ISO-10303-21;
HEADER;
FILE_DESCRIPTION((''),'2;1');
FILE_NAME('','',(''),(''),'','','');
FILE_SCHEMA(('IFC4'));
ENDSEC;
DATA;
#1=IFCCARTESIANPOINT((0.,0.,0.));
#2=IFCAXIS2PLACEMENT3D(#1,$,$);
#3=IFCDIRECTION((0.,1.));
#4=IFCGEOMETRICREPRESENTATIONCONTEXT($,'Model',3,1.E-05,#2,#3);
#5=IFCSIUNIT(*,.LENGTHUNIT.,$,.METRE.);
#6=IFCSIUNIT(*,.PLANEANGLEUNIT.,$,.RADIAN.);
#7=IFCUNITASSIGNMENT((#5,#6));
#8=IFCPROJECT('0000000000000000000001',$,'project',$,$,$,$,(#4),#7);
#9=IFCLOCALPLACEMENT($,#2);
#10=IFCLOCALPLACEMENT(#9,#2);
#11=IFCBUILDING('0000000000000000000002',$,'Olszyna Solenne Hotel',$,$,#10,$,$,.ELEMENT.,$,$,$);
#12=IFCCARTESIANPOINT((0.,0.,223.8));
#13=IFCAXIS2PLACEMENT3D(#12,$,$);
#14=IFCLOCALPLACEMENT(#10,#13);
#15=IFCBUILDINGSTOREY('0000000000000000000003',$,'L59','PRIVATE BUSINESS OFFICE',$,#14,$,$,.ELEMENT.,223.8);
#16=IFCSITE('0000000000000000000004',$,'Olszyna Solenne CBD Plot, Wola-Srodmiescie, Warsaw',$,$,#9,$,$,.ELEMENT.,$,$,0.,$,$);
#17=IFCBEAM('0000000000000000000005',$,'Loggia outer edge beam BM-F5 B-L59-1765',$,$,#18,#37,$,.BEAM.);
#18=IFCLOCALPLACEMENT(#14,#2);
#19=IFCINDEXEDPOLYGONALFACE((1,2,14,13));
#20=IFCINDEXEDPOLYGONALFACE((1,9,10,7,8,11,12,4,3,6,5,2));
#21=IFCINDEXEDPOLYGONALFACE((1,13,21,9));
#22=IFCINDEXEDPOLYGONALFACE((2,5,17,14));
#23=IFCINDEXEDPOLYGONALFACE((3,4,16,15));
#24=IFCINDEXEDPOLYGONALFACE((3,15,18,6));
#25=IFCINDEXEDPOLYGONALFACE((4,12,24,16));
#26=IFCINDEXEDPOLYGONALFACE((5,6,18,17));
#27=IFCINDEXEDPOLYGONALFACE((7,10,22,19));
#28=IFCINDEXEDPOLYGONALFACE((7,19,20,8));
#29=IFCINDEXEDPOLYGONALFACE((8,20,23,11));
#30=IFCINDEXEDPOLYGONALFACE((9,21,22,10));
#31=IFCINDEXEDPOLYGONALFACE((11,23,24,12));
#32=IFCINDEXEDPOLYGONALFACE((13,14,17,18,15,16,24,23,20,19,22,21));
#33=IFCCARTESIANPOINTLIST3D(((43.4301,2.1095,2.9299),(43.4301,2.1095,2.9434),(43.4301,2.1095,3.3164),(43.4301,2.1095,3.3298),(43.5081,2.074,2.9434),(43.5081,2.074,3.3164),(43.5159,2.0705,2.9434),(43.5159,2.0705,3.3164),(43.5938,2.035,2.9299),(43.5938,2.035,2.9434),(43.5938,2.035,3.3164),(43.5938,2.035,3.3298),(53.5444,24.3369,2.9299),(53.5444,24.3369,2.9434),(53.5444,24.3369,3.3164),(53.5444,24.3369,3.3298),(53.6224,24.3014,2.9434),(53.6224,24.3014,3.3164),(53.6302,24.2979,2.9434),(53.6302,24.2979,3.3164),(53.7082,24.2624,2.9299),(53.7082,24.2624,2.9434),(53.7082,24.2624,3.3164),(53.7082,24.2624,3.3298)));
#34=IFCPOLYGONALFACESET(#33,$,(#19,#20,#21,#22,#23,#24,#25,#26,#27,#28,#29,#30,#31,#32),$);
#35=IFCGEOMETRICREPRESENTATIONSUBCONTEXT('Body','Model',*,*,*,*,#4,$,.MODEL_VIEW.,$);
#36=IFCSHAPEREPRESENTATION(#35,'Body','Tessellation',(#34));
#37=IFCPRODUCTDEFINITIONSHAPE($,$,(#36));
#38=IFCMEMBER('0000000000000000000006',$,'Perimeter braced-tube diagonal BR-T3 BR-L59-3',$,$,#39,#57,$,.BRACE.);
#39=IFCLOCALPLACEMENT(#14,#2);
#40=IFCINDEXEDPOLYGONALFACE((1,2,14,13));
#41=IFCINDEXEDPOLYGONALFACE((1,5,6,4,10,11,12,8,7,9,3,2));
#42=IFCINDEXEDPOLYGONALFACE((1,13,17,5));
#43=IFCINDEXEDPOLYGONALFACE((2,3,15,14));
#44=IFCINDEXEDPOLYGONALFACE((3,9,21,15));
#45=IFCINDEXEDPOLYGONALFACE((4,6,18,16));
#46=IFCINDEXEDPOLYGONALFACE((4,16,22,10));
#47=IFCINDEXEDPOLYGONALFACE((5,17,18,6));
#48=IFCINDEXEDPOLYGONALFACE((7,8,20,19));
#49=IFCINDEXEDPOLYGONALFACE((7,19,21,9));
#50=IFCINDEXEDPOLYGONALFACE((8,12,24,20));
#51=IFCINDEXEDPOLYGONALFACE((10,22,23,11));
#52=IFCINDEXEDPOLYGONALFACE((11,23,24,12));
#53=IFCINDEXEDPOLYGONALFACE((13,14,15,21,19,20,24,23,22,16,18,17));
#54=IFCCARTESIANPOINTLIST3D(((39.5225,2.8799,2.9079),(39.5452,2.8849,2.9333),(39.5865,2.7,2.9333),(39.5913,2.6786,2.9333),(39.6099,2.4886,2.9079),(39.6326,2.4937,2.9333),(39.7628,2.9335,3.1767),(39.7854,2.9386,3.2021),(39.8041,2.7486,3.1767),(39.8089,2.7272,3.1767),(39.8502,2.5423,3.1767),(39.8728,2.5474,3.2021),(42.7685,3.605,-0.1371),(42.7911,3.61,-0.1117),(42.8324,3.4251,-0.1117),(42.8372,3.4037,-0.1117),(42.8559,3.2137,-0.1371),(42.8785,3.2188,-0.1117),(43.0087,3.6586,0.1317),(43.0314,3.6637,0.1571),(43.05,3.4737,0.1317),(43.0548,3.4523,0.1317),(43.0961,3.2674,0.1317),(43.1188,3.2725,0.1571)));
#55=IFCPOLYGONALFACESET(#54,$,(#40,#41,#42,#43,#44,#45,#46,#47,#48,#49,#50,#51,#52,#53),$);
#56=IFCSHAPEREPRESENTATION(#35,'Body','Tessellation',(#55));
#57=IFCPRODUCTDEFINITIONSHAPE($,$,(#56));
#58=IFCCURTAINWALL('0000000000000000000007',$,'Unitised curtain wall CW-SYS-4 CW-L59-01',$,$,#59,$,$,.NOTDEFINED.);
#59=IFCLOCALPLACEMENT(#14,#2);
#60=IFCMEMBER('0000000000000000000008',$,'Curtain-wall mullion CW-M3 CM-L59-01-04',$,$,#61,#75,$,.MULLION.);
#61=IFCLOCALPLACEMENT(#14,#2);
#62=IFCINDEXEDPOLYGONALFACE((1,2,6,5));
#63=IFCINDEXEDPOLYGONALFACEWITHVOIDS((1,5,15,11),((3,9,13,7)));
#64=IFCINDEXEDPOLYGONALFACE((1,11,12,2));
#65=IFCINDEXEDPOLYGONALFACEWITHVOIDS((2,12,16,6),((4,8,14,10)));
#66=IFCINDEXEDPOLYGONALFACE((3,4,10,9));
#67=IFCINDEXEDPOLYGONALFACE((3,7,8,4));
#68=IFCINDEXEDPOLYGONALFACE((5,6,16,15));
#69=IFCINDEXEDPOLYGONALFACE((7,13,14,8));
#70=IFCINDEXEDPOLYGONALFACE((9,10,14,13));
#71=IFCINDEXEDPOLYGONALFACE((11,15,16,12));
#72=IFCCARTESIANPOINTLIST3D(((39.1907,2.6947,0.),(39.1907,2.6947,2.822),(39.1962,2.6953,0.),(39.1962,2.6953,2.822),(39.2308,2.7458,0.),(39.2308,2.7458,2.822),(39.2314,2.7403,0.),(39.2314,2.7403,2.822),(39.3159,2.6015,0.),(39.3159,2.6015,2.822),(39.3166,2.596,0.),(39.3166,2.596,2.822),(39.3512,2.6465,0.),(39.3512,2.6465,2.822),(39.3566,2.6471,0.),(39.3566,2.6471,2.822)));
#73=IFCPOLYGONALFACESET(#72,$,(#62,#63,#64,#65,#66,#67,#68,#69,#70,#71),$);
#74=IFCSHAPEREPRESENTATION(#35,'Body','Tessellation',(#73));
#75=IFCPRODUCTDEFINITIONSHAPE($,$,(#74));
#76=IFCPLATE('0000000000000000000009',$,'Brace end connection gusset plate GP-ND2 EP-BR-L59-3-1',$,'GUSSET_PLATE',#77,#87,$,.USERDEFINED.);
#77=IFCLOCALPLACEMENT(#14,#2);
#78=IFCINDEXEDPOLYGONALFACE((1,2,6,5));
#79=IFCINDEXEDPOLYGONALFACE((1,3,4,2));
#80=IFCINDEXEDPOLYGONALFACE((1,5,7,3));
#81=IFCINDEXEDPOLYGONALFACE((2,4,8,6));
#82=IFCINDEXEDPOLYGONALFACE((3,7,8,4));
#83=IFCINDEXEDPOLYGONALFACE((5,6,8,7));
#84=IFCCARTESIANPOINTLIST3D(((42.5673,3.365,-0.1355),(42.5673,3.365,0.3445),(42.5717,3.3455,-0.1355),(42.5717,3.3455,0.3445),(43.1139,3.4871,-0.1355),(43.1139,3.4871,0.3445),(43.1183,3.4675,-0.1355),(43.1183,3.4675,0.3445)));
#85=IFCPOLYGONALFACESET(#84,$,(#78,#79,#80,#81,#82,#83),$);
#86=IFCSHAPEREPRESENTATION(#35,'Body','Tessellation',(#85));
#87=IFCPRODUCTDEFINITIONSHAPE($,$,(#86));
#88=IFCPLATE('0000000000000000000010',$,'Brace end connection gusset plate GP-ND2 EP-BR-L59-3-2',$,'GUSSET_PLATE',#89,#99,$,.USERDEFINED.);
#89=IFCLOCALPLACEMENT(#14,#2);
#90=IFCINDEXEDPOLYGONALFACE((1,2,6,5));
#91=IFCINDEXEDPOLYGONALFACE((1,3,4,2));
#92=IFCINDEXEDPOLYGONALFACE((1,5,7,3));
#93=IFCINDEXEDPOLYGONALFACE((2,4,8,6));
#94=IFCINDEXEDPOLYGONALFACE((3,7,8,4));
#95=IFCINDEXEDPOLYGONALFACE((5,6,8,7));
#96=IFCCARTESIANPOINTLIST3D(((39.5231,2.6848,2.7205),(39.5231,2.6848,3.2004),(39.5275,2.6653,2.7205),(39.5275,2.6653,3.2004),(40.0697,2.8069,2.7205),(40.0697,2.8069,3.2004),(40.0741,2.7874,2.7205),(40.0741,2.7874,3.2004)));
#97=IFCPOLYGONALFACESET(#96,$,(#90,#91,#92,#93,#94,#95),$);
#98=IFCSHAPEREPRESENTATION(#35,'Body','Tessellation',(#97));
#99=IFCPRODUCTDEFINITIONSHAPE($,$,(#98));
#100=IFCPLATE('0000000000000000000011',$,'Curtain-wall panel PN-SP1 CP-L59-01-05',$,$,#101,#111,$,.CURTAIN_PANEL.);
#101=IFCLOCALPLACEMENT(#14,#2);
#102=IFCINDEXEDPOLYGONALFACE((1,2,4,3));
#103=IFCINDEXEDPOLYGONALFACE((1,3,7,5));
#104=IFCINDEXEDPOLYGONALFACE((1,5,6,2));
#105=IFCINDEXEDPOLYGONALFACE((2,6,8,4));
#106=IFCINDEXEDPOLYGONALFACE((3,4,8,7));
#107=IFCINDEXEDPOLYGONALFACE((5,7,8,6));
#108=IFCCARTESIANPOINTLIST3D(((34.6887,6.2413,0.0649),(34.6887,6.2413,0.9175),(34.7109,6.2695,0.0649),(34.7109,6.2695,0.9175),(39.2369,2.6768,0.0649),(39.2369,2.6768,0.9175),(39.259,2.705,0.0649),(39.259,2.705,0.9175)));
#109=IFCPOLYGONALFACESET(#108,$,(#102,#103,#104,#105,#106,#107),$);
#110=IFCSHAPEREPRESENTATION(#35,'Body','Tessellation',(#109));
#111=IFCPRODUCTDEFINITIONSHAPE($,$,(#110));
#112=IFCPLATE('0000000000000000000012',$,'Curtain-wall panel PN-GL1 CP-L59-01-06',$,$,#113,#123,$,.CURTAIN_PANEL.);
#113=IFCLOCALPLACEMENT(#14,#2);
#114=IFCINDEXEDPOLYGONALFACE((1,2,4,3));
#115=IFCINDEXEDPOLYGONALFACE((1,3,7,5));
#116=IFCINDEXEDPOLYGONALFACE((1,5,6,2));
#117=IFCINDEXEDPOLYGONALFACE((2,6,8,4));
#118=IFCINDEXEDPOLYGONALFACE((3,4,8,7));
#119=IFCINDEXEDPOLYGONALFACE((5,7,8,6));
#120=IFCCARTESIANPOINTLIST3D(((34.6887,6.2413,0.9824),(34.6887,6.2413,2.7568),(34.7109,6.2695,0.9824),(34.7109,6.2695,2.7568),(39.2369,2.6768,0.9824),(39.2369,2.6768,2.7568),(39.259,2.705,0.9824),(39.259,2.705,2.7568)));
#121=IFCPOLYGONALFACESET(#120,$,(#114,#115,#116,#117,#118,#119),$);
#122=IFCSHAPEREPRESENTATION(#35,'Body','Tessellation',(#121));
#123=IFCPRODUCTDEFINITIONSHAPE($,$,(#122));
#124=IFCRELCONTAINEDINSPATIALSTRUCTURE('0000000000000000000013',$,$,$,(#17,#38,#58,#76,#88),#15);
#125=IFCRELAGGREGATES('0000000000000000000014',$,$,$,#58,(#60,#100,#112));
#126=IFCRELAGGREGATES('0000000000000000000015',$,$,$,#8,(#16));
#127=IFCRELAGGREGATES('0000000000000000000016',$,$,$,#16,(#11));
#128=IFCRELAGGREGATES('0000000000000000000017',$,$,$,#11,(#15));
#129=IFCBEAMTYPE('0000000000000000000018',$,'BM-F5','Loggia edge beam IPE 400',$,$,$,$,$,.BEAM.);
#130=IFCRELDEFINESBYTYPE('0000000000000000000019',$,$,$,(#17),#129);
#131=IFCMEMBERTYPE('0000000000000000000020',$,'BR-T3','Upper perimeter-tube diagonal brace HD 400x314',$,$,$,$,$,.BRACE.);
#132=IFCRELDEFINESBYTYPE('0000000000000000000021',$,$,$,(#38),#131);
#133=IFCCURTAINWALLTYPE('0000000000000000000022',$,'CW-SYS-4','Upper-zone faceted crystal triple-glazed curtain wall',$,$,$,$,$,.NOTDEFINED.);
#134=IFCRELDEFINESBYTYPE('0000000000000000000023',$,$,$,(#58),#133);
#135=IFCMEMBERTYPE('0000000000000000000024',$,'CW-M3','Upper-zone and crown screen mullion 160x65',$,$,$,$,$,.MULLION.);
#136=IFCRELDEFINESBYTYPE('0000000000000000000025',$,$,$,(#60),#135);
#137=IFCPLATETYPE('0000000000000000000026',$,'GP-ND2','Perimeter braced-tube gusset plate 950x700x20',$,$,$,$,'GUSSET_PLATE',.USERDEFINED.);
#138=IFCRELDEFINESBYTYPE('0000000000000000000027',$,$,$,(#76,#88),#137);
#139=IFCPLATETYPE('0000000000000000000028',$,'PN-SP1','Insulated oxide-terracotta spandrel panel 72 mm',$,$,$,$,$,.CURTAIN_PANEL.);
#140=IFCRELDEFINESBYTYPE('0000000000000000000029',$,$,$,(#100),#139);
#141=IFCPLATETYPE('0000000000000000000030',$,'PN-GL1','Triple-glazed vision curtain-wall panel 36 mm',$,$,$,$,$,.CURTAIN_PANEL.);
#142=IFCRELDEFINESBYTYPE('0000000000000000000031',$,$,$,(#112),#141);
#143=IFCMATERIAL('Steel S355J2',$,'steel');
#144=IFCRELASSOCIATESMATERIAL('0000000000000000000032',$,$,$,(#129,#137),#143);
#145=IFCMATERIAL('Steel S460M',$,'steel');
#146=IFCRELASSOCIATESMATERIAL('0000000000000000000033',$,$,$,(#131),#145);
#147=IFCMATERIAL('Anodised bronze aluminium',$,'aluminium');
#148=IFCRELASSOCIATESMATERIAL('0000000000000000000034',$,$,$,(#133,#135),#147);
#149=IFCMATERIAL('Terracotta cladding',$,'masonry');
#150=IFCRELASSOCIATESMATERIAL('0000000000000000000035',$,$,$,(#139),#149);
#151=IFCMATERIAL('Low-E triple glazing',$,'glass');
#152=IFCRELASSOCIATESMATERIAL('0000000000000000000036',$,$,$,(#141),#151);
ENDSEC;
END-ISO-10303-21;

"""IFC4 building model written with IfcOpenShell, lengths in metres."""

from ifc_helpers import new_model, si_unit, direction, frame, origin, origin_2d, place, context, subcontext, project, spatial, rectangle, hollow_rectangle, i_section, extrude, source, transform, mapped, material, material_profile, profile_set, type_object, element, aggregate, save


model = new_model("IFC4")

# Units and contexts
model_context = context("Model", 3, precision=1e-05, world=origin(), true_north=direction((0.0, 1.0)))
body_context = subcontext(model_context, "Body", "Model", "MODEL_VIEW")
ifc_project = project(units=[si_unit("LENGTHUNIT", "METRE"), si_unit("PLANEANGLEUNIT", "RADIAN")], contexts=[model_context])

# Site, building, storey
site_placement = place(None, origin())
site = spatial("IfcSite", under=ifc_project, at=site_placement, Name="Olszyna Solenne CBD Plot, Wola-Srodmiescie, Warsaw", CompositionType="ELEMENT", RefElevation=0.0)
building_placement = place(site_placement, origin())
building = spatial("IfcBuilding", under=site, at=building_placement, Name="Olszyna Solenne Hotel", CompositionType="ELEMENT")
storey_placement = place(building_placement, frame((0.0, 0.0, 223.8)))
storey = spatial("IfcBuildingStorey", under=building, at=storey_placement, Name="L59", Description="PRIVATE BUSINESS OFFICE", CompositionType="ELEMENT", Elevation=223.8)

# Shared definitions
ifc_material_1 = material(Name="Steel S460M", Category="steel")

# Beam
ifc_material_2 = material(Name="Steel S355J2", Category="steel")
ifc_material_profile_1 = material_profile(ifc_material_2, i_section(OverallWidth=0.1799, OverallDepth=0.3999, WebThickness=0.0085, FlangeThickness=0.0134, at=origin_2d()), Name="IPE 400", Category="load-bearing")
ifc_profile_set_1 = profile_set([ifc_material_profile_1], Name="Steel S355J2")
beam_type_1 = type_object("IfcBeamType", Name="BM-F5", Description="Loggia edge beam IPE 400", PredefinedType="BEAM", material=ifc_profile_set_1)
shared_shape_1 = source(origin(), body_context, "Body", "SweptSolid", [
    extrude(i_section(OverallWidth=0.1799, OverallDepth=0.3999, WebThickness=0.0085, FlangeThickness=0.0134, at=origin_2d()), origin(), (0.0, 0.0, 1.0), 24.4204),
])
beam_1_placement = place(storey_placement, frame((43.512, 2.0723, 3.1299), z_axis=(0.414174, 0.910198, 0.0), x_axis=(-0.910198, 0.414174, 0.0)))
element("IfcBeam", 1, at=beam_1_placement, inside=storey, type_object=beam_type_1, Name="Loggia outer edge beam BM-F5 B-L59-1765", PredefinedType="BEAM", context=body_context, shape_type="MappedRepresentation", body=[
    mapped(shared_shape_1, transform((0.0, 0.0, 0.0), x_axis=(1.0, 0.0, 0.0), y_axis=(0.0, 1.0, 0.0), z_axis=(0.0, 0.0, 1.0), scale=1.0)),
])

# Member
ifc_material_profile_2 = material_profile(ifc_material_1, i_section(OverallWidth=0.4009, OverallDepth=0.3989, WebThickness=0.022, FlangeThickness=0.0344, at=origin_2d()), Name="HD 400x314", Category="load-bearing")
ifc_profile_set_2 = profile_set([ifc_material_profile_2], Name="Steel S460M")
member_type_1 = type_object("IfcMemberType", Name="BR-T3", Description="Upper perimeter-tube diagonal brace HD 400x314", PredefinedType="BRACE", material=ifc_profile_set_2)
shared_shape_2 = source(origin(), body_context, "Body", "SweptSolid", [
    extrude(i_section(OverallWidth=0.4009, OverallDepth=0.3989, WebThickness=0.022, FlangeThickness=0.0344, at=origin_2d()), origin(), (0.0, 0.0, 1.0), 4.5093),
])
member_1_placement = place(storey_placement, frame((42.9436, 3.4387, 0.01), z_axis=(-0.719829, -0.160804, 0.675269), x_axis=(0.218018, -0.975945, 0.0)))
element("IfcMember", 2, at=member_1_placement, inside=storey, type_object=member_type_1, Name="Perimeter braced-tube diagonal BR-T3 BR-L59-3", PredefinedType="BRACE", context=body_context, shape_type="MappedRepresentation", body=[
    mapped(shared_shape_2, transform((0.0, 0.0, 0.0), x_axis=(1.0, 0.0, 0.0), y_axis=(0.0, 1.0, 0.0), z_axis=(0.0, 0.0, 1.0), scale=1.0)),
])

# Curtain wall, member
ifc_material_3 = material(Name="Anodised bronze aluminium", Category="aluminium")
curtain_wall_type = type_object("IfcCurtainWallType", Name="CW-SYS-4", Description="Upper-zone faceted crystal triple-glazed curtain wall", PredefinedType="NOTDEFINED", material=ifc_material_3)
curtain_wall_placement = place(storey_placement, origin())
curtain_wall = element("IfcCurtainWall", 3, at=curtain_wall_placement, inside=storey, type_object=curtain_wall_type, Name="Unitised curtain wall CW-SYS-4 CW-L59-01", PredefinedType="NOTDEFINED")
ifc_material_profile_3 = material_profile(ifc_material_3, hollow_rectangle(XDim=0.0649, YDim=0.1599, WallThickness=0.0039, at=origin_2d()), Name="MULL 160x65x4", Category="load-bearing")
ifc_profile_set_3 = profile_set([ifc_material_profile_3], Name="Anodised bronze aluminium")
member_type_2 = type_object("IfcMemberType", Name="CW-M3", Description="Upper-zone and crown screen mullion 160x65", PredefinedType="MULLION", material=ifc_profile_set_3)
shared_shape_3 = source(origin(), body_context, "Body", "SweptSolid", [
    extrude(hollow_rectangle(XDim=0.0649, YDim=0.1599, WallThickness=0.0039, at=origin_2d()), origin(), (0.0, 0.0, 1.0), 2.822),
])
member_2_placement = place(storey_placement, frame((39.2737, 2.6709, 0.0), z_axis=(0.0, 0.0, 1.0), x_axis=(0.616851, 0.78708, 0.0)))
member_2 = element("IfcMember", 4, at=member_2_placement, type_object=member_type_2, Name="Curtain-wall mullion CW-M3 CM-L59-01-04", PredefinedType="MULLION", context=body_context, shape_type="MappedRepresentation", body=[
    mapped(shared_shape_3, transform((0.0, 0.0, 0.0), x_axis=(1.0, 0.0, 0.0), y_axis=(0.0, 1.0, 0.0), z_axis=(0.0, 0.0, 1.0), scale=1.0)),
])

# Plates
plate_type_1 = type_object("IfcPlateType", Name="GP-ND2", Description="Perimeter braced-tube gusset plate 950x700x20", ElementType="GUSSET_PLATE", PredefinedType="USERDEFINED", material=ifc_material_2)
shared_shape_4 = source(origin(), body_context, "Body", "SweptSolid", [
    extrude(rectangle(XDim=0.5601, YDim=0.02, at=origin_2d()), origin(), (0.0, 0.0, 1.0), 0.48),
])
for number, where, z_axis, x_axis, name in (
    (5, (42.8428, 3.4163, -0.1355), (0.0, 0.0, 1.0), (-0.975955, -0.217973, 0.0), "Brace end connection gusset plate GP-ND2 EP-BR-L59-3-1"),
    (6, (39.7986, 2.7361, 2.7205), (0.0, 0.0, 1.0), (-0.975955, -0.217973, 0.0), "Brace end connection gusset plate GP-ND2 EP-BR-L59-3-2"),
):
    element("IfcPlate", number, at=place(storey_placement, frame(where, z_axis=z_axis, x_axis=x_axis)), inside=storey, type_object=plate_type_1, Name=name, ObjectType="GUSSET_PLATE", PredefinedType="USERDEFINED", context=body_context, shape_type="MappedRepresentation", body=[
        mapped(shared_shape_4, transform((0.0, 0.0, 0.0), x_axis=(1.0, 0.0, 0.0), y_axis=(0.0, 1.0, 0.0), z_axis=(0.0, 0.0, 1.0), scale=1.0)),
    ])

# Plates
ifc_material_4 = material(Name="Terracotta cladding", Category="masonry")
plate_type_2 = type_object("IfcPlateType", Name="PN-SP1", Description="Insulated oxide-terracotta spandrel panel 72 mm", PredefinedType="CURTAIN_PANEL", material=ifc_material_4)
shared_shape_5 = source(origin(), body_context, "Body", "SweptSolid", [
    extrude(rectangle(XDim=5.7786, YDim=0.0359, at=origin_2d()), origin(), (0.0, 0.0, 1.0), 0.8525),
])
plate_1_placement = place(storey_placement, frame((36.9739, 4.4731, 0.0649), z_axis=(0.0, 0.0, 1.0), x_axis=(0.78708, -0.616851, 0.0)))
plate_1 = element("IfcPlate", 7, at=plate_1_placement, type_object=plate_type_2, Name="Curtain-wall panel PN-SP1 CP-L59-01-05", PredefinedType="CURTAIN_PANEL", context=body_context, shape_type="MappedRepresentation", body=[
    mapped(shared_shape_5, transform((0.0, 0.0, 0.0), x_axis=(1.0, 0.0, 0.0), y_axis=(0.0, 1.0, 0.0), z_axis=(0.0, 0.0, 1.0), scale=1.0)),
])
ifc_material_5 = material(Name="Low-E triple glazing", Category="glass")
plate_type_3 = type_object("IfcPlateType", Name="PN-GL1", Description="Triple-glazed vision curtain-wall panel 36 mm", PredefinedType="CURTAIN_PANEL", material=ifc_material_5)
shared_shape_6 = source(origin(), body_context, "Body", "SweptSolid", [
    extrude(rectangle(XDim=5.7786, YDim=0.0359, at=origin_2d()), origin(), (0.0, 0.0, 1.0), 1.7744),
])
plate_2_placement = place(storey_placement, frame((36.9739, 4.4731, 0.9824), z_axis=(0.0, 0.0, 1.0), x_axis=(0.78708, -0.616851, 0.0)))
plate_2 = element("IfcPlate", 8, at=plate_2_placement, type_object=plate_type_3, Name="Curtain-wall panel PN-GL1 CP-L59-01-06", PredefinedType="CURTAIN_PANEL", context=body_context, shape_type="MappedRepresentation", body=[
    mapped(shared_shape_6, transform((0.0, 0.0, 0.0), x_axis=(1.0, 0.0, 0.0), y_axis=(0.0, 1.0, 0.0), z_axis=(0.0, 0.0, 1.0), scale=1.0)),
])
aggregate(curtain_wall, [member_2, plate_1, plate_2])

save(model, "model.ifc")
